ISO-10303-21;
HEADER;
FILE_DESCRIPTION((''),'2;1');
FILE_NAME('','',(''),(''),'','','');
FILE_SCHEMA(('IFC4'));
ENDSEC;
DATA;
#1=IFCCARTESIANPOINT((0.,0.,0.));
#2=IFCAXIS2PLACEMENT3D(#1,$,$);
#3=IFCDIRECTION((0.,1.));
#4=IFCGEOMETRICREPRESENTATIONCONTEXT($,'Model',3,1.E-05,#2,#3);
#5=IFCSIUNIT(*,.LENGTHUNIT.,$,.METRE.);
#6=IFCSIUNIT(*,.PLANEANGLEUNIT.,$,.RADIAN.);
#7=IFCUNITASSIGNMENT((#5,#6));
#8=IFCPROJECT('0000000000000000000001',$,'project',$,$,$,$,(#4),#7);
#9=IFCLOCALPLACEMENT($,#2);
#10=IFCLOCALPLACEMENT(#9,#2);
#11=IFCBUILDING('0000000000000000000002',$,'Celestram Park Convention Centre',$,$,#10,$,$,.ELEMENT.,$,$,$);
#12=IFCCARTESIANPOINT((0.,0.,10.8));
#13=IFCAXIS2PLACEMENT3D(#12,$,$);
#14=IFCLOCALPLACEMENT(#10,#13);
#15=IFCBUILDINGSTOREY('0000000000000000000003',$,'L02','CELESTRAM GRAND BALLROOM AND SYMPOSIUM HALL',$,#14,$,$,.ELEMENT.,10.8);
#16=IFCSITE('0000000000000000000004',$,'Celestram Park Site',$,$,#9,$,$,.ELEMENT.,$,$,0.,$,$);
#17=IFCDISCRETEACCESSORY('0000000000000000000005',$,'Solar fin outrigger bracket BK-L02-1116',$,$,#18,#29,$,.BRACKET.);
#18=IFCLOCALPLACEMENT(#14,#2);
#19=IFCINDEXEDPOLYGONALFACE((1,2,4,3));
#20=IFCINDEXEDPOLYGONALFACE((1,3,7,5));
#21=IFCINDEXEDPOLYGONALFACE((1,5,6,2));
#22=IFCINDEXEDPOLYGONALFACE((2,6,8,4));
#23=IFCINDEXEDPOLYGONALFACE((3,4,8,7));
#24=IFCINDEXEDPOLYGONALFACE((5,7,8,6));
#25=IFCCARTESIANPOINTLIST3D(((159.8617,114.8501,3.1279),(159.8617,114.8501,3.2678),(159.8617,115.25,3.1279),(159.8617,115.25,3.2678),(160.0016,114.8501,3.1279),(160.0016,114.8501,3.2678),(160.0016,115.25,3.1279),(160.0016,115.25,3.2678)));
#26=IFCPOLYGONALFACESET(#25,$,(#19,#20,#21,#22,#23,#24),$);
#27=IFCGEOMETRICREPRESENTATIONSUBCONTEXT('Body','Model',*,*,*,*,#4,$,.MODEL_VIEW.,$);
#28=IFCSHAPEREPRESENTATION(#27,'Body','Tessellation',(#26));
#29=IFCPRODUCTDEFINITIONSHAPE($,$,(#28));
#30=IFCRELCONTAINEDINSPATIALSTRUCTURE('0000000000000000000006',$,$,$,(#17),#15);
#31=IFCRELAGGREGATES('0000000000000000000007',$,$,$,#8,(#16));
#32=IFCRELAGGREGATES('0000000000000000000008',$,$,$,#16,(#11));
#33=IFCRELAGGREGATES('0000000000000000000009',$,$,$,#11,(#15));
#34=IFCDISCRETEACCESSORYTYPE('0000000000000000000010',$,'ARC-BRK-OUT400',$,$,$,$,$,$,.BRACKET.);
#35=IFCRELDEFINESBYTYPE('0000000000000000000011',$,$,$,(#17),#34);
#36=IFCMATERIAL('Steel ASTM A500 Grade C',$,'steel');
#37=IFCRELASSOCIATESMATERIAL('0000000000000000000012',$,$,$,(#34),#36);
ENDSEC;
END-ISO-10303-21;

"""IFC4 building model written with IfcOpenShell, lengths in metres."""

from ifc_helpers import new_model, si_unit, direction, frame, origin, origin_2d, place, context, subcontext, project, spatial, rectangle, extrude, material, type_object, element, save


model = new_model("IFC4")

# Units and contexts
model_context = context("Model", 3, precision=1e-05, world=origin(), true_north=direction((0.0, 1.0)))
body_context = subcontext(model_context, "Body", "Model", "MODEL_VIEW")
ifc_project = project(units=[si_unit("LENGTHUNIT", "METRE"), si_unit("PLANEANGLEUNIT", "RADIAN")], contexts=[model_context])

# Site, building, storey
site_placement = place(None, origin())
site = spatial("IfcSite", under=ifc_project, at=site_placement, Name="Celestram Park Site", CompositionType="ELEMENT", RefElevation=0.0)
building_placement = place(site_placement, origin())
building = spatial("IfcBuilding", under=site, at=building_placement, Name="Celestram Park Convention Centre", CompositionType="ELEMENT")
storey_placement = place(building_placement, frame((0.0, 0.0, 10.8)))
storey = spatial("IfcBuildingStorey", under=building, at=storey_placement, Name="L02", Description="CELESTRAM GRAND BALLROOM AND SYMPOSIUM HALL", CompositionType="ELEMENT", Elevation=10.8)

# Shared definitions
ifc_material_1 = material(Name="Steel ASTM A500 Grade C", Category="steel")

# Discrete accessory
discrete_accessory_type = type_object("IfcDiscreteAccessoryType", Name="ARC-BRK-OUT400", PredefinedType="BRACKET", material=ifc_material_1)
for number, where, z_axis, x_axis, name in (
    (1, (159.9316, 115.05, 3.1279), (0.0, 0.0, 1.0), (0.0, -1.0, 0.0), "Solar fin outrigger bracket BK-L02-1116"),
):
    element("IfcDiscreteAccessory", number, at=place(storey_placement, frame(where, z_axis=z_axis, x_axis=x_axis)), inside=storey, type_object=discrete_accessory_type, Name=name, PredefinedType="BRACKET", context=body_context, shape_type="SweptSolid", body=[
        extrude(rectangle(XDim=0.3999, YDim=0.1399, at=origin_2d()), origin(), (0.0, 0.0, 1.0), 0.1399),
    ])

save(model, "model.ifc")
